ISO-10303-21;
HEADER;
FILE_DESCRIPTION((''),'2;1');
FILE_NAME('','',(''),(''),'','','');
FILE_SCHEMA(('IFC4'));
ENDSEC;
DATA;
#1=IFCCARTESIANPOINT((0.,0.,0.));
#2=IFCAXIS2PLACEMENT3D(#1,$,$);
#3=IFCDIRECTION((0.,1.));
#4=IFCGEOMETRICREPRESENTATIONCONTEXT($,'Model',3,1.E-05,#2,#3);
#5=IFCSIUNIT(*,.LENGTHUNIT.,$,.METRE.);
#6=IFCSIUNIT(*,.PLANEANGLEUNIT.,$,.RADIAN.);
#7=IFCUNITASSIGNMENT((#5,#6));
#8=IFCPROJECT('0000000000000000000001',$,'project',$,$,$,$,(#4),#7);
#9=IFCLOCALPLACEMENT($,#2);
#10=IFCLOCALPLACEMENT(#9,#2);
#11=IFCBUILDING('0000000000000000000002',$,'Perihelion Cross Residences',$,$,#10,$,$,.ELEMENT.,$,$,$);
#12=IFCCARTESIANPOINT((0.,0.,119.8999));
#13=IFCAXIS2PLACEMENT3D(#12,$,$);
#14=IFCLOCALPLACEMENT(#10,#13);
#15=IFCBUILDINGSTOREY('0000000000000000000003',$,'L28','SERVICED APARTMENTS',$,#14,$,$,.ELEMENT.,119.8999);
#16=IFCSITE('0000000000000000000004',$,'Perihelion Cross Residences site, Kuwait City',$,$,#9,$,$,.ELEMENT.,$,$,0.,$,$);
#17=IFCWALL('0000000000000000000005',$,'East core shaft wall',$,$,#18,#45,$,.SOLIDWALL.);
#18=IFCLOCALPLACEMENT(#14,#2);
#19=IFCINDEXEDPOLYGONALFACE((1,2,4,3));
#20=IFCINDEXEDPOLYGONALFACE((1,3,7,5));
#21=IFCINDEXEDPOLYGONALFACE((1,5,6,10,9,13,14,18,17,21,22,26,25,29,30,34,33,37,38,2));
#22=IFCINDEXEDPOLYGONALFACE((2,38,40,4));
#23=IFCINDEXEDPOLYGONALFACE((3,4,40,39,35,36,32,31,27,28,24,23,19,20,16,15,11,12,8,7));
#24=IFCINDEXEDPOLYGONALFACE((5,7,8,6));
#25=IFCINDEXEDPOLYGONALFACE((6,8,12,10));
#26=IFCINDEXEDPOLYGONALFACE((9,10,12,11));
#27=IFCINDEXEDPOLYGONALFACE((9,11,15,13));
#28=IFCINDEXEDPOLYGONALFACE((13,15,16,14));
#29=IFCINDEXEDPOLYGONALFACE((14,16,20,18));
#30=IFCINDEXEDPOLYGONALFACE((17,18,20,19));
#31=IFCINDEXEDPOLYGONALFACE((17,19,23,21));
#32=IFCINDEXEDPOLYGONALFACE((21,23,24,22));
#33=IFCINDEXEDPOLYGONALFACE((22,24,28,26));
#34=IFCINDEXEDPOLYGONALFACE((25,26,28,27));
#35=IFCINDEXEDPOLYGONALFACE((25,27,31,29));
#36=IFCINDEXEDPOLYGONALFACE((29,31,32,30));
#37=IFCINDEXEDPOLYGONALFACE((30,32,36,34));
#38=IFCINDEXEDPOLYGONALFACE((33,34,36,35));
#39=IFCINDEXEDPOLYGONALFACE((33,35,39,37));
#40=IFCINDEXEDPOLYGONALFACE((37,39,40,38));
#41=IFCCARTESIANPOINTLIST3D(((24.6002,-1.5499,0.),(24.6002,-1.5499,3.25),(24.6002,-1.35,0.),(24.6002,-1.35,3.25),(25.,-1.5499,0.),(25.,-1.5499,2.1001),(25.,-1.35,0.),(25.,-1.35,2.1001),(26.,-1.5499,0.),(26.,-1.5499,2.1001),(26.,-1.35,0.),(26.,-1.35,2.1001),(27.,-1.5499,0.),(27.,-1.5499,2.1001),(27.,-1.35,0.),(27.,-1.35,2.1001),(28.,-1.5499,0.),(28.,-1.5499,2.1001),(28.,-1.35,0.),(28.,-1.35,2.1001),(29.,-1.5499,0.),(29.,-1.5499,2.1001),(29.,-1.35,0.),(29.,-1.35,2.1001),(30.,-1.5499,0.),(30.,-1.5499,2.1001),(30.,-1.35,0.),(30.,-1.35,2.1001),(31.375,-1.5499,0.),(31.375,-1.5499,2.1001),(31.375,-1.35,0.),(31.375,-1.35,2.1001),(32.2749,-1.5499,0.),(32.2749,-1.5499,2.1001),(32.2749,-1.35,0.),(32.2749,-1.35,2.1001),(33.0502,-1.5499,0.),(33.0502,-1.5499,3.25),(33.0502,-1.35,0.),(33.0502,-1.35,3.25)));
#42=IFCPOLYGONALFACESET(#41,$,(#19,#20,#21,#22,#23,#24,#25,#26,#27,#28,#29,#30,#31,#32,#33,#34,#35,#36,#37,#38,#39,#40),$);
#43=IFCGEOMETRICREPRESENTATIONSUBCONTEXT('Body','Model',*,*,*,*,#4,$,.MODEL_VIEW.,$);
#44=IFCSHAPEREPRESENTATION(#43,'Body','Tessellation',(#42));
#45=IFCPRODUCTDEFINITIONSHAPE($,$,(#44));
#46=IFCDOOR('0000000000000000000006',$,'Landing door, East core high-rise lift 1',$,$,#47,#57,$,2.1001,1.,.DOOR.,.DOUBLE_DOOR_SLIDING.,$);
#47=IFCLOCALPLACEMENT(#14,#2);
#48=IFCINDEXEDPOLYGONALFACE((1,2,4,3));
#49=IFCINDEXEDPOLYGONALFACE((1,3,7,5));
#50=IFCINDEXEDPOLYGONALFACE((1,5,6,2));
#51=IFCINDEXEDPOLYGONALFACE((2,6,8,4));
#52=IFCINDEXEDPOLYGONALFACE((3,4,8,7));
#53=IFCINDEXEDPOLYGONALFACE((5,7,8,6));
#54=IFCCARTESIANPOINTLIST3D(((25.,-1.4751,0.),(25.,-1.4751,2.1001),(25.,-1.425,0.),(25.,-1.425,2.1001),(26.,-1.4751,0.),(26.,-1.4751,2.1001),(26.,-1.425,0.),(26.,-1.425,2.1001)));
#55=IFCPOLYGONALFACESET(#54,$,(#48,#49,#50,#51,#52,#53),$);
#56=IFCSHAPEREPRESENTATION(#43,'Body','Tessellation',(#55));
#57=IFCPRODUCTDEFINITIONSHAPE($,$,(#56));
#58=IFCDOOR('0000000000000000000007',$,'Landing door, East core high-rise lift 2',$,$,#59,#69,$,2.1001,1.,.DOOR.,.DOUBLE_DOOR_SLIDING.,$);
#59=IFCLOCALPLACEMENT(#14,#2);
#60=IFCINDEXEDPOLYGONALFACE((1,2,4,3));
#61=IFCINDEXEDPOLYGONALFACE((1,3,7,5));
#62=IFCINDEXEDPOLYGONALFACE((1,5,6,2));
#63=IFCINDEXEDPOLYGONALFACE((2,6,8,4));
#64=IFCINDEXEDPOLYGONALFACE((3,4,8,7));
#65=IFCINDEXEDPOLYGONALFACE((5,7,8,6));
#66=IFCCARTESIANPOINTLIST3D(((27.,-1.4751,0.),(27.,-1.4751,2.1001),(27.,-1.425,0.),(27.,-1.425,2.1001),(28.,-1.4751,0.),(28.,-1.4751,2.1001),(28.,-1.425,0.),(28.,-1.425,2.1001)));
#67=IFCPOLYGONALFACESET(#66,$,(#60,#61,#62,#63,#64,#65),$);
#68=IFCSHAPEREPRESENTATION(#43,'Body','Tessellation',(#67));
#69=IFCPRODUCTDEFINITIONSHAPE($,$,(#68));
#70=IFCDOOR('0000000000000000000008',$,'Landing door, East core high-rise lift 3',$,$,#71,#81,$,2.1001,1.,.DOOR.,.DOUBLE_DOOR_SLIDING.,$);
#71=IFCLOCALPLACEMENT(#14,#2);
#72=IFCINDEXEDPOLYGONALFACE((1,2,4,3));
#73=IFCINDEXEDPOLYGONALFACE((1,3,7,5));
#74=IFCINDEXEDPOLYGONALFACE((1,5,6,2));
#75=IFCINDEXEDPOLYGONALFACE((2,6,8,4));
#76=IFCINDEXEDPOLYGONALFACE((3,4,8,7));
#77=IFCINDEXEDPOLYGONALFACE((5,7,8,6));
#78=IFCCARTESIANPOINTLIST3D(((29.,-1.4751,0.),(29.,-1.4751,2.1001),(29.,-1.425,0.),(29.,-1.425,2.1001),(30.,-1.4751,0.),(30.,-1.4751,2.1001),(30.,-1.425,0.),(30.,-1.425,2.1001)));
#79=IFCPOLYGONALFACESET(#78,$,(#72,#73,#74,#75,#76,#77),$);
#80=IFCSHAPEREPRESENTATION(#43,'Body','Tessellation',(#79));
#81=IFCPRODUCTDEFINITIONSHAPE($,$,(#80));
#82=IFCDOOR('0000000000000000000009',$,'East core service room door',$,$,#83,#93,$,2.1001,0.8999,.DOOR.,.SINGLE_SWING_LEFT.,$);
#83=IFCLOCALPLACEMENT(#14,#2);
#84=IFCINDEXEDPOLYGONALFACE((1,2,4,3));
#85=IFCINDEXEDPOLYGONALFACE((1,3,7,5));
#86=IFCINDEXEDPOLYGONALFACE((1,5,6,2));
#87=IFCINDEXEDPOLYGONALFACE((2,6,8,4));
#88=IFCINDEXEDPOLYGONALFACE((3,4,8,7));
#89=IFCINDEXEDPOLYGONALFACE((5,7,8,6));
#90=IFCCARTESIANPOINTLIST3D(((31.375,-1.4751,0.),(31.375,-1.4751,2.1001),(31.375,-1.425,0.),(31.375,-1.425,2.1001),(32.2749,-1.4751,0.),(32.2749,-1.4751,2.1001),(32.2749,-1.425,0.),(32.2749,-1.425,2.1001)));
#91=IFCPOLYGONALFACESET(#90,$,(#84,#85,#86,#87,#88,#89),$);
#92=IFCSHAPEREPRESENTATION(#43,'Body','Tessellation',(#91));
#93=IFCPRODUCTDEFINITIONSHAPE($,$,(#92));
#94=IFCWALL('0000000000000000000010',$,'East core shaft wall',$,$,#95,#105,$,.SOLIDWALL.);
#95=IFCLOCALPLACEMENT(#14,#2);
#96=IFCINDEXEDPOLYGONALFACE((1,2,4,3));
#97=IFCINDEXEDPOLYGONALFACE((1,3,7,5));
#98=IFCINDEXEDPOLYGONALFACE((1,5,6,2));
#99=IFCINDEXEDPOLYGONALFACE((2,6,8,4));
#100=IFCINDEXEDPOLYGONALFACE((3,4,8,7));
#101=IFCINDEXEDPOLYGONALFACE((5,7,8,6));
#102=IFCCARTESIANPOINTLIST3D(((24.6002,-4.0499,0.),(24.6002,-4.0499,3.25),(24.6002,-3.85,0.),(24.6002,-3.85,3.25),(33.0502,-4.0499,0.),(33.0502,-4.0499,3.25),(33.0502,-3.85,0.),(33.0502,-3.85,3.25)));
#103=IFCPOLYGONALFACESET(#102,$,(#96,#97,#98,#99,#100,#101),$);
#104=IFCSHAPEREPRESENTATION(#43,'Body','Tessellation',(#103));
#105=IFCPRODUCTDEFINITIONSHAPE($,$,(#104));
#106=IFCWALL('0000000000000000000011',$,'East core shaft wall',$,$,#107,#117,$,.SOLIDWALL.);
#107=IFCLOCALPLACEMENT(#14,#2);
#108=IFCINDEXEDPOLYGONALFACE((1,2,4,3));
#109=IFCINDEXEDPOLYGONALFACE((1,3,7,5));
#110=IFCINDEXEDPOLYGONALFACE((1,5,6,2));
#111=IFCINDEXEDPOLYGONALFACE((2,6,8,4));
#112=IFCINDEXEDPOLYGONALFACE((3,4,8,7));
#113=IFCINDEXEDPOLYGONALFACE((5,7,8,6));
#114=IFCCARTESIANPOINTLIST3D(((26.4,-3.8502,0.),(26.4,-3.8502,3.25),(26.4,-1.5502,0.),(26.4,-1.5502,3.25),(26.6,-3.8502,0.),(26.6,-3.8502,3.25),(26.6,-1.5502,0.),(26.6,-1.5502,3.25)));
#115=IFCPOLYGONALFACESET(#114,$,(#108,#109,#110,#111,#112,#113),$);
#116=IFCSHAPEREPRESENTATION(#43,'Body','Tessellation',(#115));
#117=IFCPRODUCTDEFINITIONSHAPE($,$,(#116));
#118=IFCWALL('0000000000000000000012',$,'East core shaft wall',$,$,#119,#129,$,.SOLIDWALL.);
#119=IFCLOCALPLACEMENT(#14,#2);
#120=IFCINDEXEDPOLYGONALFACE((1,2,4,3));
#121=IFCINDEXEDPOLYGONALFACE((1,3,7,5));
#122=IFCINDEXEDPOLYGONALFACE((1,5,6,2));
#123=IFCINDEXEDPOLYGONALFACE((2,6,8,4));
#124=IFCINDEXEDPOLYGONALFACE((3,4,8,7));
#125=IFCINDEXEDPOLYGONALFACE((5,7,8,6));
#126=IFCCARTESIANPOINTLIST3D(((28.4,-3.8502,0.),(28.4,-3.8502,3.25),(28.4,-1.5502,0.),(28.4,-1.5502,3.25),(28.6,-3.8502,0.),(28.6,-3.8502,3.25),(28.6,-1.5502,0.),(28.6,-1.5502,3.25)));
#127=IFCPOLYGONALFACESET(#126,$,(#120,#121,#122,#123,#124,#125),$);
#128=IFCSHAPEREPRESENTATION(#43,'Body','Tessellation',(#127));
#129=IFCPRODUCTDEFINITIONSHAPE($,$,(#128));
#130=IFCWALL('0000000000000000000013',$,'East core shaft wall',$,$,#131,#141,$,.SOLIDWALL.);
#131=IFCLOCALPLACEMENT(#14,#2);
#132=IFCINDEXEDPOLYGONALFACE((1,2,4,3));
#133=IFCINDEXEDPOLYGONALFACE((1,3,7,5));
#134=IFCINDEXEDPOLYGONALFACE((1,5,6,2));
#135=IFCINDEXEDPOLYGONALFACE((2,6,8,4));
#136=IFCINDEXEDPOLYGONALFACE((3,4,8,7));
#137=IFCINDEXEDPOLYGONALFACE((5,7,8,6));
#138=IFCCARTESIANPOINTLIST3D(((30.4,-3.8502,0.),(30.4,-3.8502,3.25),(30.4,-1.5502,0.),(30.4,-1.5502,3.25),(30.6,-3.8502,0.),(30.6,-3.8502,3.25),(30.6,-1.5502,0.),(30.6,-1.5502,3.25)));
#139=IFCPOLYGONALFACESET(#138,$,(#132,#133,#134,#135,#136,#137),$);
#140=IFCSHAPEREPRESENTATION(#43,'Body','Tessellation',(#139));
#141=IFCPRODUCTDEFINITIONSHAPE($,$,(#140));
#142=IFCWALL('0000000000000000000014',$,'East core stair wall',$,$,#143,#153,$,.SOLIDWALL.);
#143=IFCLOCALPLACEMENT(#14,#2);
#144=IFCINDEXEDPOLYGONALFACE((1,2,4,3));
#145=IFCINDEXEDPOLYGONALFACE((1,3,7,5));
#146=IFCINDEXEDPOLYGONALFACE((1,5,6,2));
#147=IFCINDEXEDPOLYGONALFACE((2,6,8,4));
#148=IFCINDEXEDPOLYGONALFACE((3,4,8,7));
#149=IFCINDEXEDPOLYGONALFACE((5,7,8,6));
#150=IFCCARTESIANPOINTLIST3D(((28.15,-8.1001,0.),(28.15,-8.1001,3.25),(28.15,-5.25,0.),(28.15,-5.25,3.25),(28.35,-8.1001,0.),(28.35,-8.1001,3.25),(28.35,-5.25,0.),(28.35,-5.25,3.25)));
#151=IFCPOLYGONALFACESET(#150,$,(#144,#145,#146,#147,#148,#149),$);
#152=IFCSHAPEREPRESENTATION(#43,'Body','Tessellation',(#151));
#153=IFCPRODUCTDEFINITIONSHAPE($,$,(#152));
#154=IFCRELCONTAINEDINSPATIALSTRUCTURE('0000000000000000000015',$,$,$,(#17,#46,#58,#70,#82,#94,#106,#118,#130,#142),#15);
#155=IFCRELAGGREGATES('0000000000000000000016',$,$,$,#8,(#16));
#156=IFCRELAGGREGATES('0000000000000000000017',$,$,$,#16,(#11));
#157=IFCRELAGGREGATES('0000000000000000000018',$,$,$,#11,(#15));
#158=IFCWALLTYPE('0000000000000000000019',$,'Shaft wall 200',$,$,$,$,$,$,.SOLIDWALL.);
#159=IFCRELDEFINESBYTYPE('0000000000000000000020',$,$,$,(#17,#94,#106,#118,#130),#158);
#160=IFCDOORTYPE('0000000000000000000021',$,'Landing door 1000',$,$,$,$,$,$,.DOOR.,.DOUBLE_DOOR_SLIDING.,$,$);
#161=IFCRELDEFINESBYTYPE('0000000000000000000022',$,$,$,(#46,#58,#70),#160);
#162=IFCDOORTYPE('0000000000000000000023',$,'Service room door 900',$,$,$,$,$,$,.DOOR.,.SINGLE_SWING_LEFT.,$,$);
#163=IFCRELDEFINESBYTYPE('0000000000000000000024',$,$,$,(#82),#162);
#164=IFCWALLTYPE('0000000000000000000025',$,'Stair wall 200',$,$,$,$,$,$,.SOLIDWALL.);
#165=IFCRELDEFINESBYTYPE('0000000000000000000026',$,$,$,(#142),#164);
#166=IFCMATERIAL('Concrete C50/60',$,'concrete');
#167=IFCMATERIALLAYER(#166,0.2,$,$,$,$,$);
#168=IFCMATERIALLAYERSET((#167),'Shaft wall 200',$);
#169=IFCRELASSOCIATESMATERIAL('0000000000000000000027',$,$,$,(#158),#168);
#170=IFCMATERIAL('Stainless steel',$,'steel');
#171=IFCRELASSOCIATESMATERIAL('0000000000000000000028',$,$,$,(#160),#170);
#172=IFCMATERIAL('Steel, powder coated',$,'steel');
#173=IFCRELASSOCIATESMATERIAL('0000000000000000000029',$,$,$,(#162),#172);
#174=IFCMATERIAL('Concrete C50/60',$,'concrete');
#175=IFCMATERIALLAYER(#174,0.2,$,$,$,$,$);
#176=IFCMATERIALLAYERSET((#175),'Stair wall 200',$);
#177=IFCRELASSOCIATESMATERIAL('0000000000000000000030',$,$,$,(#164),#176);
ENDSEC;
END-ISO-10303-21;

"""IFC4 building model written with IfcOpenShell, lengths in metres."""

from ifc_helpers import new_model, si_unit, direction, frame, frame_2d, origin, place, context, subcontext, project, spatial, rectangle, extrude, material, layer, layer_set, type_object, element, fill, save


model = new_model("IFC4")

# Units and contexts
model_context = context("Model", 3, precision=1e-05, world=origin(), true_north=direction((0.0, 1.0)))
body_context = subcontext(model_context, "Body", "Model", "MODEL_VIEW")
ifc_project = project(units=[si_unit("LENGTHUNIT", "METRE"), si_unit("PLANEANGLEUNIT", "RADIAN")], contexts=[model_context])

# Site, building, storey
site_placement = place(None, origin())
site = spatial("IfcSite", under=ifc_project, at=site_placement, Name="Perihelion Cross Residences site, Kuwait City", CompositionType="ELEMENT", RefElevation=0.0)
building_placement = place(site_placement, origin())
building = spatial("IfcBuilding", under=site, at=building_placement, Name="Perihelion Cross Residences", CompositionType="ELEMENT")
storey_placement = place(building_placement, frame((0.0, 0.0, 119.8999)))
storey = spatial("IfcBuildingStorey", under=building, at=storey_placement, Name="L28", Description="SERVICED APARTMENTS", CompositionType="ELEMENT", Elevation=119.8999)

# Wall, openings, doors
ifc_material_1 = material(Name="Concrete C50/60", Category="concrete")
ifc_layer_1 = layer(ifc_material_1, 0.2)
ifc_layer_set_1 = layer_set([ifc_layer_1], Name="Shaft wall 200")
wall_type_1 = type_object("IfcWallType", Name="Shaft wall 200", PredefinedType="SOLIDWALL", material=ifc_layer_set_1)
wall_1_placement = place(storey_placement, frame((24.6001, -1.45, 0.0), z_axis=(0.0, 0.0, 1.0), x_axis=(1.0, 0.0, 0.0)))
wall_1 = element("IfcWall", 1, at=wall_1_placement, inside=storey, type_object=wall_type_1, Name="East core shaft wall", PredefinedType="SOLIDWALL", context=body_context, shape_type="SweptSolid", body=[
    extrude(rectangle(XDim=8.45, YDim=0.2, at=frame_2d((4.2251, 0.0))), origin(), (0.0, 0.0, 1.0), 3.25),
])
opening_1_placement = place(wall_1_placement, frame((0.3999, 0.0, 0.0)))
opening_1 = element("IfcOpeningElement", 2, at=opening_1_placement, cuts=wall_1, PredefinedType="OPENING", context=body_context, shape_type="SweptSolid", body=[
    extrude(rectangle(XDim=1.0, YDim=2.1001, at=frame_2d((0.5, 1.05))), frame((0.0, 0.1099, 0.0), z_axis=(0.0, -1.0, 0.0), x_axis=(1.0, 0.0, 0.0)), (0.0, 0.0, 1.0), 0.22),
])
opening_2_placement = place(wall_1_placement, frame((2.3999, 0.0, 0.0)))
opening_2 = element("IfcOpeningElement", 3, at=opening_2_placement, cuts=wall_1, PredefinedType="OPENING", context=body_context, shape_type="SweptSolid", body=[
    extrude(rectangle(XDim=1.0, YDim=2.1001, at=frame_2d((0.5, 1.05))), frame((0.0, 0.1099, 0.0), z_axis=(0.0, -1.0, 0.0), x_axis=(1.0, 0.0, 0.0)), (0.0, 0.0, 1.0), 0.22),
])
opening_3_placement = place(wall_1_placement, frame((4.3999, 0.0, 0.0)))
opening_3 = element("IfcOpeningElement", 4, at=opening_3_placement, cuts=wall_1, PredefinedType="OPENING", context=body_context, shape_type="SweptSolid", body=[
    extrude(rectangle(XDim=1.0, YDim=2.1001, at=frame_2d((0.5, 1.05))), frame((0.0, 0.1099, 0.0), z_axis=(0.0, -1.0, 0.0), x_axis=(1.0, 0.0, 0.0)), (0.0, 0.0, 1.0), 0.22),
])
opening_4_placement = place(wall_1_placement, frame((6.7749, 0.0, 0.0)))
opening_4 = element("IfcOpeningElement", 5, at=opening_4_placement, cuts=wall_1, PredefinedType="OPENING", context=body_context, shape_type="SweptSolid", body=[
    extrude(rectangle(XDim=0.8999, YDim=2.1001, at=frame_2d((0.45, 1.05))), frame((0.0, 0.1099, 0.0), z_axis=(0.0, -1.0, 0.0), x_axis=(1.0, 0.0, 0.0)), (0.0, 0.0, 1.0), 0.22),
])
ifc_material_2 = material(Name="Stainless steel", Category="steel")
door_type_1 = type_object("IfcDoorType", Name="Landing door 1000", OperationType="DOUBLE_DOOR_SLIDING", PredefinedType="DOOR", material=ifc_material_2)
door_1_placement = place(opening_1_placement, origin())
door_1 = element("IfcDoor", 6, at=door_1_placement, inside=storey, type_object=door_type_1, Name="Landing door, East core high-rise lift 1", OperationType="DOUBLE_DOOR_SLIDING", OverallHeight=2.1001, OverallWidth=1.0, PredefinedType="DOOR", context=body_context, shape_type="SweptSolid", body=[
    extrude(rectangle(XDim=1.0, YDim=2.1001, at=frame_2d((0.5, 1.05))), frame((0.0, 0.0249, 0.0), z_axis=(0.0, -1.0, 0.0), x_axis=(1.0, 0.0, 0.0)), (0.0, 0.0, 1.0), 0.05),
])
fill(opening_1, door_1)
door_2_placement = place(opening_2_placement, origin())
door_2 = element("IfcDoor", 7, at=door_2_placement, inside=storey, type_object=door_type_1, Name="Landing door, East core high-rise lift 2", OperationType="DOUBLE_DOOR_SLIDING", OverallHeight=2.1001, OverallWidth=1.0, PredefinedType="DOOR", context=body_context, shape_type="SweptSolid", body=[
    extrude(rectangle(XDim=1.0, YDim=2.1001, at=frame_2d((0.5, 1.05))), frame((0.0, 0.0249, 0.0), z_axis=(0.0, -1.0, 0.0), x_axis=(1.0, 0.0, 0.0)), (0.0, 0.0, 1.0), 0.05),
])
fill(opening_2, door_2)
door_3_placement = place(opening_3_placement, origin())
door_3 = element("IfcDoor", 8, at=door_3_placement, inside=storey, type_object=door_type_1, Name="Landing door, East core high-rise lift 3", OperationType="DOUBLE_DOOR_SLIDING", OverallHeight=2.1001, OverallWidth=1.0, PredefinedType="DOOR", context=body_context, shape_type="SweptSolid", body=[
    extrude(rectangle(XDim=1.0, YDim=2.1001, at=frame_2d((0.5, 1.05))), frame((0.0, 0.0249, 0.0), z_axis=(0.0, -1.0, 0.0), x_axis=(1.0, 0.0, 0.0)), (0.0, 0.0, 1.0), 0.05),
])
fill(opening_3, door_3)
ifc_material_3 = material(Name="Steel, powder coated", Category="steel")
door_type_2 = type_object("IfcDoorType", Name="Service room door 900", OperationType="SINGLE_SWING_LEFT", PredefinedType="DOOR", material=ifc_material_3)
door_4_placement = place(opening_4_placement, origin())
door_4 = element("IfcDoor", 9, at=door_4_placement, inside=storey, type_object=door_type_2, Name="East core service room door", OperationType="SINGLE_SWING_LEFT", OverallHeight=2.1001, OverallWidth=0.8999, PredefinedType="DOOR", context=body_context, shape_type="SweptSolid", body=[
    extrude(rectangle(XDim=0.8999, YDim=2.1001, at=frame_2d((0.45, 1.05))), frame((0.0, 0.0249, 0.0), z_axis=(0.0, -1.0, 0.0), x_axis=(1.0, 0.0, 0.0)), (0.0, 0.0, 1.0), 0.05),
])
fill(opening_4, door_4)

# Walls
wall_2_placement = place(storey_placement, frame((24.6001, -3.95, 0.0), z_axis=(0.0, 0.0, 1.0), x_axis=(1.0, 0.0, 0.0)))
element("IfcWall", 10, at=wall_2_placement, inside=storey, type_object=wall_type_1, Name="East core shaft wall", PredefinedType="SOLIDWALL", context=body_context, shape_type="SweptSolid", body=[
    extrude(rectangle(XDim=8.45, YDim=0.2, at=frame_2d((4.2251, 0.0))), origin(), (0.0, 0.0, 1.0), 3.25),
])
for number, where, z_axis, x_axis, name in (
    (11, (26.5, -3.8501, 0.0), (0.0, 0.0, 1.0), (0.0, 1.0, 0.0), "East core shaft wall"),
    (12, (28.5, -3.8501, 0.0), (0.0, 0.0, 1.0), (0.0, 1.0, 0.0), "East core shaft wall"),
    (13, (30.5, -3.8501, 0.0), (0.0, 0.0, 1.0), (0.0, 1.0, 0.0), "East core shaft wall"),
):
    element("IfcWall", number, at=place(storey_placement, frame(where, z_axis=z_axis, x_axis=x_axis)), inside=storey, type_object=wall_type_1, Name=name, PredefinedType="SOLIDWALL", context=body_context, shape_type="SweptSolid", body=[
        extrude(rectangle(XDim=2.3, YDim=0.2, at=frame_2d((1.1499, 0.0))), origin(), (0.0, 0.0, 1.0), 3.25),
    ])
ifc_material_4 = material(Name="Concrete C50/60", Category="concrete")
ifc_layer_2 = layer(ifc_material_4, 0.2)
ifc_layer_set_2 = layer_set([ifc_layer_2], Name="Stair wall 200")
wall_type_2 = type_object("IfcWallType", Name="Stair wall 200", PredefinedType="SOLIDWALL", material=ifc_layer_set_2)
wall_3_placement = place(storey_placement, frame((28.25, -8.1001, 0.0), z_axis=(0.0, 0.0, 1.0), x_axis=(0.0, 1.0, 0.0)))
element("IfcWall", 14, at=wall_3_placement, inside=storey, type_object=wall_type_2, Name="East core stair wall", PredefinedType="SOLIDWALL", context=body_context, shape_type="SweptSolid", body=[
    extrude(rectangle(XDim=2.8501, YDim=0.2, at=frame_2d((1.425, 0.0))), origin(), (0.0, 0.0, 1.0), 3.25),
])

save(model, "model.ifc")
